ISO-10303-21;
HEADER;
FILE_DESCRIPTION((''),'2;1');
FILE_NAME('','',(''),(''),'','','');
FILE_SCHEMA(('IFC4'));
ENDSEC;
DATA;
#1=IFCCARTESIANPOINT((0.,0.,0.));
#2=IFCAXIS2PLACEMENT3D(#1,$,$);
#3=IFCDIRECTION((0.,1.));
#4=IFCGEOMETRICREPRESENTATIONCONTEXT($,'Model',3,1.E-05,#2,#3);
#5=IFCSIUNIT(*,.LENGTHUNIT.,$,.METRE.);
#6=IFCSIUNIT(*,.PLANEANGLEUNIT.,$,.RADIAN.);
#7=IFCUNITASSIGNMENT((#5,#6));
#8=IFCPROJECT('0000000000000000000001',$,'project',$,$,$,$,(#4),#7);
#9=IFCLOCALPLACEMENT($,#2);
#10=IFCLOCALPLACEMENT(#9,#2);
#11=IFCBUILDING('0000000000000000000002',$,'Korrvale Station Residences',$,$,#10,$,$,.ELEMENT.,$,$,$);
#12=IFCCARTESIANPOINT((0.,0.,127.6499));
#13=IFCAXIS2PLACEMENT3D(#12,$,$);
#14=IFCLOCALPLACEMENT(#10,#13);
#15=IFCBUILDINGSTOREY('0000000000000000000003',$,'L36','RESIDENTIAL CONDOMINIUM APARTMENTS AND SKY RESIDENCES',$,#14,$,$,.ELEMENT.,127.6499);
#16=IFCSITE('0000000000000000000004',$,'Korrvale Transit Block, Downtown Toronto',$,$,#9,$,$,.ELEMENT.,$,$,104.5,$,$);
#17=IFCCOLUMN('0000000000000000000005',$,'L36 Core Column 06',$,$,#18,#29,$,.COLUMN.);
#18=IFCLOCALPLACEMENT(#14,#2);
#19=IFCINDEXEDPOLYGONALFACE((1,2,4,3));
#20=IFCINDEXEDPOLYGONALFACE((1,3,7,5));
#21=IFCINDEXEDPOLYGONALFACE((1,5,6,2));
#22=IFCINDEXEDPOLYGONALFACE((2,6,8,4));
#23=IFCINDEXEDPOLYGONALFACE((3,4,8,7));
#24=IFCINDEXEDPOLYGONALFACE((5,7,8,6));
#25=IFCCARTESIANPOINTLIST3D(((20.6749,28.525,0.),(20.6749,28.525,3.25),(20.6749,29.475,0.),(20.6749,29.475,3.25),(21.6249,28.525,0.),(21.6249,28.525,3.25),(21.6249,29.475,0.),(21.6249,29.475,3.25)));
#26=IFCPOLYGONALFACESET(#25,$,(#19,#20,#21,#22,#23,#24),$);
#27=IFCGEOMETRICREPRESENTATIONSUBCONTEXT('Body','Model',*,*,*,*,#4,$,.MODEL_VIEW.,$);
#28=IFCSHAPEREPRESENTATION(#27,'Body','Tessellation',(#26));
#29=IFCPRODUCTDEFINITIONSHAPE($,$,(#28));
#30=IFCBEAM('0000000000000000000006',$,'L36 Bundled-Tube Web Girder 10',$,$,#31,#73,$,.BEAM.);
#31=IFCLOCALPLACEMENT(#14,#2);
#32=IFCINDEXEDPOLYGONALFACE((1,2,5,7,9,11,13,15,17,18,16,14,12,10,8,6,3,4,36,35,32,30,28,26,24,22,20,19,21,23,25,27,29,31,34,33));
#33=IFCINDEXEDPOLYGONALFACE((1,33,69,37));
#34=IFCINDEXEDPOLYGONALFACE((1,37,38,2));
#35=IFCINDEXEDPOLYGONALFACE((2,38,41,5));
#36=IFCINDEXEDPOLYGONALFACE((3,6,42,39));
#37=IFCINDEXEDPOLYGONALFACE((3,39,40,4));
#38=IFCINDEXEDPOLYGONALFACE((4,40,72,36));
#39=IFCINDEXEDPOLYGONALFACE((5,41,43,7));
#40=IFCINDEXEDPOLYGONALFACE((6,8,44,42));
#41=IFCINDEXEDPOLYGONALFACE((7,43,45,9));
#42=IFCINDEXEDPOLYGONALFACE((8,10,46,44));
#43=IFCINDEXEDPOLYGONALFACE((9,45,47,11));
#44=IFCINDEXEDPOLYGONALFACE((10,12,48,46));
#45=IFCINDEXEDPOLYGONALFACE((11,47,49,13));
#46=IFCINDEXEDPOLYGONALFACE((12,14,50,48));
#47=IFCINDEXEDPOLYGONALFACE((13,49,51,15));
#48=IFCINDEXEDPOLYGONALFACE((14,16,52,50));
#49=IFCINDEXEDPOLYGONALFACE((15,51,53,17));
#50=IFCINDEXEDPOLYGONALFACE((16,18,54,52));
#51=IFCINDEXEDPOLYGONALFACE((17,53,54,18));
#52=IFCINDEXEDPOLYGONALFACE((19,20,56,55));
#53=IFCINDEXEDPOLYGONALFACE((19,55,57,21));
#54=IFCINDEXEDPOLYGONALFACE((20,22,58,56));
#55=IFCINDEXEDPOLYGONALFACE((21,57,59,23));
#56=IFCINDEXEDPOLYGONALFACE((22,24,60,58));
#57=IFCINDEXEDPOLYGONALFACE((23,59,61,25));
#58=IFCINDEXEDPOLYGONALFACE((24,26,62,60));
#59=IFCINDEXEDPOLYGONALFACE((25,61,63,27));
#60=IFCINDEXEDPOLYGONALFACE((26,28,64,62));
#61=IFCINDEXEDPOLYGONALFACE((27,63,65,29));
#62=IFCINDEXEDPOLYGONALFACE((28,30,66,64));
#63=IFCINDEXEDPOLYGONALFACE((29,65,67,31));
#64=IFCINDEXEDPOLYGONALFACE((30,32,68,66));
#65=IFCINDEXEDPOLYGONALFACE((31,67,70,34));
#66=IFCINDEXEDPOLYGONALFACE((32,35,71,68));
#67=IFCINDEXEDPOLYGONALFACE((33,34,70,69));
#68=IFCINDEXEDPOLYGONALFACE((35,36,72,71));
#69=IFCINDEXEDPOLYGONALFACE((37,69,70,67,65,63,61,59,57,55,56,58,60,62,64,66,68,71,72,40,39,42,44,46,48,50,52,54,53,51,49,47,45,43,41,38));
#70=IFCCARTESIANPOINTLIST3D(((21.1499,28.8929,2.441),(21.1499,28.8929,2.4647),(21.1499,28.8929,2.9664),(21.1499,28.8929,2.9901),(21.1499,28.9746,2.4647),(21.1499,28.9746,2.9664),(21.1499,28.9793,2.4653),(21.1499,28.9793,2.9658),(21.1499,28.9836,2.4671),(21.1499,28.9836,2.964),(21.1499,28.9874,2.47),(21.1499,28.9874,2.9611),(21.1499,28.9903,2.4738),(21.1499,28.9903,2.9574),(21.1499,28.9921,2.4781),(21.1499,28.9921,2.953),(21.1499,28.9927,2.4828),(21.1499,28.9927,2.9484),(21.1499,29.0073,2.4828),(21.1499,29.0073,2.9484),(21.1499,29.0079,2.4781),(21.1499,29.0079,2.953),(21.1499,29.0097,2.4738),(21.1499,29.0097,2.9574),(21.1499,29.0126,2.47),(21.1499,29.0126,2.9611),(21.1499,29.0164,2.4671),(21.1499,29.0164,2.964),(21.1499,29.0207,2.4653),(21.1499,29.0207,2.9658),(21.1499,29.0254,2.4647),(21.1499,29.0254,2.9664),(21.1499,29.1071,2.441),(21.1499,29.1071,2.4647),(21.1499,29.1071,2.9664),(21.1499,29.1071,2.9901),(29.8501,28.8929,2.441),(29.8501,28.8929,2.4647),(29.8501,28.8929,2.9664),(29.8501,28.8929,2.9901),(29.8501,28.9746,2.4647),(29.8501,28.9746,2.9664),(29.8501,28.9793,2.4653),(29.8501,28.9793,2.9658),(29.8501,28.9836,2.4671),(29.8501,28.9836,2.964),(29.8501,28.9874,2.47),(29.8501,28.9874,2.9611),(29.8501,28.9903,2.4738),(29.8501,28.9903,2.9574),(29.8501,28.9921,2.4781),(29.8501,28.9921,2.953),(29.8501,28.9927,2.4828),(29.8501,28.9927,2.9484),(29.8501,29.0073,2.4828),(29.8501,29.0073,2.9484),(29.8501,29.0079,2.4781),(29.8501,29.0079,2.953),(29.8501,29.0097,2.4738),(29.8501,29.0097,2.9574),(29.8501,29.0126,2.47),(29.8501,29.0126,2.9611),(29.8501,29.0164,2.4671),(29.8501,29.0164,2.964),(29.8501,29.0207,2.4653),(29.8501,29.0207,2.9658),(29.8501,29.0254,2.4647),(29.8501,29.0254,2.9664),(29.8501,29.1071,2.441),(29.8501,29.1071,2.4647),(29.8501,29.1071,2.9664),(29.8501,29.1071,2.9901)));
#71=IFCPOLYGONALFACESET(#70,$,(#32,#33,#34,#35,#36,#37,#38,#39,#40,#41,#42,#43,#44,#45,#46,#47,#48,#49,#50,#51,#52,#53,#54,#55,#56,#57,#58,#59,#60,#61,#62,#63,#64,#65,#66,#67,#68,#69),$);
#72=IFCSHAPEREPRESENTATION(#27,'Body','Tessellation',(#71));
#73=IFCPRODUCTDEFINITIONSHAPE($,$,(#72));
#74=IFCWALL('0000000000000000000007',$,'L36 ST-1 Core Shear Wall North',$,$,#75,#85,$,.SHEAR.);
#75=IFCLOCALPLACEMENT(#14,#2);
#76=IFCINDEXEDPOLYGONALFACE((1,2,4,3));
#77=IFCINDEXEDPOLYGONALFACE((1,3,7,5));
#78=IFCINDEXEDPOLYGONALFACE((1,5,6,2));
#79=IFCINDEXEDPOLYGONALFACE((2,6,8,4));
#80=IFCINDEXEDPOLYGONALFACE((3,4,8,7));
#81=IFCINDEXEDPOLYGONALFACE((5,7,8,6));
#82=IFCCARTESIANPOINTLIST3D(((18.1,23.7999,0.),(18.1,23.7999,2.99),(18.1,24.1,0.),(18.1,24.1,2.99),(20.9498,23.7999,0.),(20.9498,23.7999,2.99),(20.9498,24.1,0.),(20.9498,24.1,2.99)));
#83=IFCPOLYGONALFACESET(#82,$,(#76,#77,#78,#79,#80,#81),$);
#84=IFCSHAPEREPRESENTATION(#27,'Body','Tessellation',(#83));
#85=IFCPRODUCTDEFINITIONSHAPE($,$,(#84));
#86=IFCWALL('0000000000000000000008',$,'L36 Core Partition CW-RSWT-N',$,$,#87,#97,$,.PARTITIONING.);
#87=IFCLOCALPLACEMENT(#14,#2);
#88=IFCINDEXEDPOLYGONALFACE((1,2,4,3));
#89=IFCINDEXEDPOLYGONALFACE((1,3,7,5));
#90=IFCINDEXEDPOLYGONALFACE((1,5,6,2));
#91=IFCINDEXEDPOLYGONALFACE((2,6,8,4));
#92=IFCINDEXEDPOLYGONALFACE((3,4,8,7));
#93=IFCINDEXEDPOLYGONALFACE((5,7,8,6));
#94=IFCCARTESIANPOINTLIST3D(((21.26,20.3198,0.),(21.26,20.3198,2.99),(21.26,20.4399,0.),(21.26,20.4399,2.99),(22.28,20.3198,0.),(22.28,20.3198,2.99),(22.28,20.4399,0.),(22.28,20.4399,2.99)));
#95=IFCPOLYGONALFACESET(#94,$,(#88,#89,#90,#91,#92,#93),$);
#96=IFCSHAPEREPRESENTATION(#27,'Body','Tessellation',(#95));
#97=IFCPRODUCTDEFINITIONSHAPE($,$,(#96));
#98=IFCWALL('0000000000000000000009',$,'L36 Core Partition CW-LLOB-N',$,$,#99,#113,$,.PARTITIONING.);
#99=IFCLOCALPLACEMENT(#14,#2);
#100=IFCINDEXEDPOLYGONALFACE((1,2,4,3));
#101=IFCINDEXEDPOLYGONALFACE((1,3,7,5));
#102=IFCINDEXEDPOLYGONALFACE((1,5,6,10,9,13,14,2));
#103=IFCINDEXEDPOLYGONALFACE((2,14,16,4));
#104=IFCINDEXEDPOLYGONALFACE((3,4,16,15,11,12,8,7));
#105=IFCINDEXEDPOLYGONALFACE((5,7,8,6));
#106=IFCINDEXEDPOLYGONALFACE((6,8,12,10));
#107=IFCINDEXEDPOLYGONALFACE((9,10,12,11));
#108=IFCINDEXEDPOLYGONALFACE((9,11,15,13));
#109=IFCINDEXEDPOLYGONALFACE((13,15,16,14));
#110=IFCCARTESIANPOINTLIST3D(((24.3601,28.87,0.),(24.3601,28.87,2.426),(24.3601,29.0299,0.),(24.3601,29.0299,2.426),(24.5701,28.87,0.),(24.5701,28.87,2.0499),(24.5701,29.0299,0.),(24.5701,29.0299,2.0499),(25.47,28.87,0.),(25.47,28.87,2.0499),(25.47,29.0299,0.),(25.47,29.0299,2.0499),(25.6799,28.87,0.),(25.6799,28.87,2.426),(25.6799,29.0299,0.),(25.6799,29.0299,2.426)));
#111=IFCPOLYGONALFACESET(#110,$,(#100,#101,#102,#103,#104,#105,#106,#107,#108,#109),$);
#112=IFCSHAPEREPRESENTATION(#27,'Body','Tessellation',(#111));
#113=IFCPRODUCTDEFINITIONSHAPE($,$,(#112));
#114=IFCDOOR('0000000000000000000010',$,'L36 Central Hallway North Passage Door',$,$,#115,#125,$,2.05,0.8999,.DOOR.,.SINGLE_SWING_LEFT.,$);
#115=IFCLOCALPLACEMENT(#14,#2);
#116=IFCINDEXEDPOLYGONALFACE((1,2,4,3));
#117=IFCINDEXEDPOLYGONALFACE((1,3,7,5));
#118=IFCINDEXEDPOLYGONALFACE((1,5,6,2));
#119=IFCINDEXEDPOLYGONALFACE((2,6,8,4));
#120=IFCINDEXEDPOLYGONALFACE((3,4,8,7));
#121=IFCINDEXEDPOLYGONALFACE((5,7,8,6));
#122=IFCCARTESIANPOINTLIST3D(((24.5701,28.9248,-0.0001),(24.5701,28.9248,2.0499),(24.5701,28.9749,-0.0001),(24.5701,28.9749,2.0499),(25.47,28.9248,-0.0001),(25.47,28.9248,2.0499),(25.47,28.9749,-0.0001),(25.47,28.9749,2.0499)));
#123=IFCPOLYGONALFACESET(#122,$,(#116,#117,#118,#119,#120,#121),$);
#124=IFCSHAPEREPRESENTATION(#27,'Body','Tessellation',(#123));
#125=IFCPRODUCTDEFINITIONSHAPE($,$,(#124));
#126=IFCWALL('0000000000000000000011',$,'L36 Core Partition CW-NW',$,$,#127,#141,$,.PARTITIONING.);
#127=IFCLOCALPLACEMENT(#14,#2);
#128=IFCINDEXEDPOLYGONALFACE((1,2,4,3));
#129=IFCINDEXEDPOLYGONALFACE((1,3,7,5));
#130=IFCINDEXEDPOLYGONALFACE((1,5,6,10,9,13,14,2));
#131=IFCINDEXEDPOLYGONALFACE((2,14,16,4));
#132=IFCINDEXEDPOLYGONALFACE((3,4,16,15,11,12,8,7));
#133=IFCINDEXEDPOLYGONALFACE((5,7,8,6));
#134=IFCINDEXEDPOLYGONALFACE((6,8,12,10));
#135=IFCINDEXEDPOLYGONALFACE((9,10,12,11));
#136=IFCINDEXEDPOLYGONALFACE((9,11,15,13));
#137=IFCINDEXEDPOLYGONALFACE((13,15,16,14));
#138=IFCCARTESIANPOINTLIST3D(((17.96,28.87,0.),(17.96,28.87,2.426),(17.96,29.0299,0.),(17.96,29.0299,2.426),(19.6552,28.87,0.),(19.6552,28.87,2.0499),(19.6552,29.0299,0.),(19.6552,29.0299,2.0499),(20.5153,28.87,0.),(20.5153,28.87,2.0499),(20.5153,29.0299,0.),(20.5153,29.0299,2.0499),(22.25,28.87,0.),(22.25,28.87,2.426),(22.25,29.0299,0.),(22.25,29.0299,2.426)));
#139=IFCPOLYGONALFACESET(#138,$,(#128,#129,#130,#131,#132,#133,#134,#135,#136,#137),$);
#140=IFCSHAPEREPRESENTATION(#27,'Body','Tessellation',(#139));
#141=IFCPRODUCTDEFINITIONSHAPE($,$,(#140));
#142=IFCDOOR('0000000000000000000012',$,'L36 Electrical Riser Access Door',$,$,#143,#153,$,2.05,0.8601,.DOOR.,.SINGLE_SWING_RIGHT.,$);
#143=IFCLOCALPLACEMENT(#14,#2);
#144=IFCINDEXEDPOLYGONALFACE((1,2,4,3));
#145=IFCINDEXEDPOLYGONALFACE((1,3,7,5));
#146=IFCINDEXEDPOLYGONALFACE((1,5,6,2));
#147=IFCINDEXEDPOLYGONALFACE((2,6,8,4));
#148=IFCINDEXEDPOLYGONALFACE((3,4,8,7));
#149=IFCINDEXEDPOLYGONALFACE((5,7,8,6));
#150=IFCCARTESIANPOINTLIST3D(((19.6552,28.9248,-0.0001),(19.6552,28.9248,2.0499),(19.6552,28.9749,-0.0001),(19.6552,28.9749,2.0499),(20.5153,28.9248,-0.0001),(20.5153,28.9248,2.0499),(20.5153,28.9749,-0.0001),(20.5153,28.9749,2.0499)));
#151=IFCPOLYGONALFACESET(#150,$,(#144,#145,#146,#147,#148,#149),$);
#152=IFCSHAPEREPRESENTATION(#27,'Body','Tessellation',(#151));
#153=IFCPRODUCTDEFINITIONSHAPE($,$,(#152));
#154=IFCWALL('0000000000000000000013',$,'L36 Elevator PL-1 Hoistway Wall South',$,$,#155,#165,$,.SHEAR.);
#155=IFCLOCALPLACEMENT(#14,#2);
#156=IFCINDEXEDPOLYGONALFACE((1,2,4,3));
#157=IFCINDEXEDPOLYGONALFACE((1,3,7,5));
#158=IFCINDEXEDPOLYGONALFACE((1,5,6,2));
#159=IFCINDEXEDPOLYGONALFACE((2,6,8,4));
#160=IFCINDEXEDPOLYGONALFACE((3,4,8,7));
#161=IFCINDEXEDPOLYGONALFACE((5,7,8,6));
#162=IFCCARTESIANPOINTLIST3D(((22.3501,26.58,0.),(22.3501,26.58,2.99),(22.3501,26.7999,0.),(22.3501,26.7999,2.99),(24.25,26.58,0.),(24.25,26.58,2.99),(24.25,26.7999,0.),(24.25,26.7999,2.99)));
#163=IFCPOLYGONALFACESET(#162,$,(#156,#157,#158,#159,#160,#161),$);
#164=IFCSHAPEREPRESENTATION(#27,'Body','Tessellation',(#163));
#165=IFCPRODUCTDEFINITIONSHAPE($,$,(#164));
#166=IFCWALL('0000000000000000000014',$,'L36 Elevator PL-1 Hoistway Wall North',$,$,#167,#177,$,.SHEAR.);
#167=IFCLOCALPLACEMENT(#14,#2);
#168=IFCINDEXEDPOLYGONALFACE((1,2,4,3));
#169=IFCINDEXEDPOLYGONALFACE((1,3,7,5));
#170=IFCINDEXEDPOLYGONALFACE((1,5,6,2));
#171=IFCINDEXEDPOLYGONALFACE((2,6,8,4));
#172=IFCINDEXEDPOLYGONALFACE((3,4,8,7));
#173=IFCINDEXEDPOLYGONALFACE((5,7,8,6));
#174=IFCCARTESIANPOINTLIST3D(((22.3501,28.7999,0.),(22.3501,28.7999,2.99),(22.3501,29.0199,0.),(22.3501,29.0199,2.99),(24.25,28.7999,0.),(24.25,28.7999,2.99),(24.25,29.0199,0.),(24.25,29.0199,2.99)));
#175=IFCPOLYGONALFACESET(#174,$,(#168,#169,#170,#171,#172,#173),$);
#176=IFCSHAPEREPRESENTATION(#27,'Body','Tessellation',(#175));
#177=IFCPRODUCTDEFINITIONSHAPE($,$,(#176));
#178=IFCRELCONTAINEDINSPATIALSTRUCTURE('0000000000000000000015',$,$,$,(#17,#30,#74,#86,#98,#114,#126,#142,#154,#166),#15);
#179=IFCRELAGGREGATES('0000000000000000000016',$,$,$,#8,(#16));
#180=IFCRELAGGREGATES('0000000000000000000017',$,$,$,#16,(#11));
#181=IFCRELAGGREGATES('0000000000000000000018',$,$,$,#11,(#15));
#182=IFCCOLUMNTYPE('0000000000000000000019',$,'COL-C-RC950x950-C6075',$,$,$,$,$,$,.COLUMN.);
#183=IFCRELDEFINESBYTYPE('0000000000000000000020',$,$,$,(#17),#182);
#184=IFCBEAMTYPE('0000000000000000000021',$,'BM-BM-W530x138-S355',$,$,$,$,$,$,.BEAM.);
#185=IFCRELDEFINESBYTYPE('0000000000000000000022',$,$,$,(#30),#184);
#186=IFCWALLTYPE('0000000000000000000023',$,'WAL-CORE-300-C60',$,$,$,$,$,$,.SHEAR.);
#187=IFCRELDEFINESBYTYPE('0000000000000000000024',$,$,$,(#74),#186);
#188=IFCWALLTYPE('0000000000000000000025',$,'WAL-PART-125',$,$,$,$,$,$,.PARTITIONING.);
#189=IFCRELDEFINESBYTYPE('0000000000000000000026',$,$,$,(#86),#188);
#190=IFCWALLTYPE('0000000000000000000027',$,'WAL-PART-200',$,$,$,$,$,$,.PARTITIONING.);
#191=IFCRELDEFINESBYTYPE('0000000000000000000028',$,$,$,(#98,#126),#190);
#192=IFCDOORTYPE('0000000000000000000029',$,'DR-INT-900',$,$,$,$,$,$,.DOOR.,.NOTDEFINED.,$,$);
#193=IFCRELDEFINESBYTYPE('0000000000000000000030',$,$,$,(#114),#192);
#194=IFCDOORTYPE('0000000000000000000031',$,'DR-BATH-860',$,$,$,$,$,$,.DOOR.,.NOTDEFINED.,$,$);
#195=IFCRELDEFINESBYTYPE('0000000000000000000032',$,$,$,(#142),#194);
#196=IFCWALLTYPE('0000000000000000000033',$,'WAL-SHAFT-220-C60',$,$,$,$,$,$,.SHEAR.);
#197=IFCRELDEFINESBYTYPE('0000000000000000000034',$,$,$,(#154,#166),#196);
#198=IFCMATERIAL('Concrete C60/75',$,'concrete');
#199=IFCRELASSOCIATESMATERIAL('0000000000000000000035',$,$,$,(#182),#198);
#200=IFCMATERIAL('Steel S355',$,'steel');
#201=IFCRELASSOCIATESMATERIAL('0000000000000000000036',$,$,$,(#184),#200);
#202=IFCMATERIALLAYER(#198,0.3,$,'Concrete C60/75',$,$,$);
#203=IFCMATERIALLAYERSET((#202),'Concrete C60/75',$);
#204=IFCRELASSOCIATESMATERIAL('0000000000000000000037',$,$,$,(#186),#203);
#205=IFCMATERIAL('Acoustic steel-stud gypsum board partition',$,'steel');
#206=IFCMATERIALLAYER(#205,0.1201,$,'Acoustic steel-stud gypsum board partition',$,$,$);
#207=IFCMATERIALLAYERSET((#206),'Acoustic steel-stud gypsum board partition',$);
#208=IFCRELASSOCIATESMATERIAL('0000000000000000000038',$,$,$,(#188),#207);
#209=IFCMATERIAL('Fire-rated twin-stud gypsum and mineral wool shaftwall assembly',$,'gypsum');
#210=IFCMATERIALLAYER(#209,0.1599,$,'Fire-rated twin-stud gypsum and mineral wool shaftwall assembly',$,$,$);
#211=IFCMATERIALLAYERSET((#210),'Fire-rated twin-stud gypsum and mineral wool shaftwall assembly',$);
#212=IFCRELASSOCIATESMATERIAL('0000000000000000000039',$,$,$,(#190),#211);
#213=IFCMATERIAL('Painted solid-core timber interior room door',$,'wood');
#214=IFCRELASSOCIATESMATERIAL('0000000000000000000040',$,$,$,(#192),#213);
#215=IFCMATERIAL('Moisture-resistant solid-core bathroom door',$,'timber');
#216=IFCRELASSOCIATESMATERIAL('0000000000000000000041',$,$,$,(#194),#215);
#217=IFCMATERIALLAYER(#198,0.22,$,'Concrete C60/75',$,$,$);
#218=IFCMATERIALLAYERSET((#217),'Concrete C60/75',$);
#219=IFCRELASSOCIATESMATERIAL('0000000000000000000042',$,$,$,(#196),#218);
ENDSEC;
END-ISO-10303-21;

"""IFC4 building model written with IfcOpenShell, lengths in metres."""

from ifc_helpers import new_model, si_unit, direction, frame, frame_2d, origin, origin_2d, place, context, subcontext, project, spatial, rectangle, i_section, extrude, material, layer, layer_set, material_profile, profile_set, type_object, element, fill, save


model = new_model("IFC4")

# Units and contexts
model_context = context("Model", 3, precision=1e-05, world=origin(), true_north=direction((0.0, 1.0)))
body_context = subcontext(model_context, "Body", "Model", "MODEL_VIEW")
ifc_project = project(units=[si_unit("LENGTHUNIT", "METRE"), si_unit("PLANEANGLEUNIT", "RADIAN")], contexts=[model_context])

# Site, building, storey
site_placement = place(None, origin())
site = spatial("IfcSite", under=ifc_project, at=site_placement, Name="Korrvale Transit Block, Downtown Toronto", CompositionType="ELEMENT", RefElevation=104.5)
building_placement = place(site_placement, origin())
building = spatial("IfcBuilding", under=site, at=building_placement, Name="Korrvale Station Residences", CompositionType="ELEMENT")
storey_placement = place(building_placement, frame((0.0, 0.0, 127.6499)))
storey = spatial("IfcBuildingStorey", under=building, at=storey_placement, Name="L36", Description="RESIDENTIAL CONDOMINIUM APARTMENTS AND SKY RESIDENCES", CompositionType="ELEMENT", Elevation=127.6499)

# Column
ifc_material_1 = material(Name="Concrete C60/75", Category="concrete")
ifc_material_profile_1 = material_profile(ifc_material_1, rectangle(XDim=0.95, YDim=0.95, at=origin_2d()), Name="RC950x950")
ifc_profile_set_1 = profile_set([ifc_material_profile_1], Name="Concrete C60/75")
column_type = type_object("IfcColumnType", Name="COL-C-RC950x950-C6075", PredefinedType="COLUMN", material=ifc_profile_set_1)
column_placement = place(storey_placement, frame((21.1499, 29.0, 0.0), z_axis=(0.0, 0.0, 1.0), x_axis=(1.0, 0.0, 0.0)))
element("IfcColumn", 1, at=column_placement, inside=storey, type_object=column_type, Name="L36 Core Column 06", PredefinedType="COLUMN", context=body_context, shape_type="SweptSolid", body=[
    extrude(rectangle(XDim=0.95, YDim=0.95, at=origin_2d()), origin(), (0.0, 0.0, 1.0), 3.25),
])

# Beam
ifc_material_2 = material(Name="Steel S355", Category="steel")
ifc_material_profile_2 = material_profile(ifc_material_2, i_section(OverallWidth=0.2141, OverallDepth=0.5491, WebThickness=0.0146, FlangeThickness=0.0237, FilletRadius=0.0181, at=origin_2d()), Name="W530x138")
ifc_profile_set_2 = profile_set([ifc_material_profile_2], Name="Steel S355")
beam_type = type_object("IfcBeamType", Name="BM-BM-W530x138-S355", PredefinedType="BEAM", material=ifc_profile_set_2)
beam_placement = place(storey_placement, frame((21.1499, 29.0, 2.7156), z_axis=(1.0, 0.0, 0.0), x_axis=(0.0, 1.0, 0.0)))
element("IfcBeam", 2, at=beam_placement, inside=storey, type_object=beam_type, Name="L36 Bundled-Tube Web Girder 10", PredefinedType="BEAM", context=body_context, shape_type="SweptSolid", body=[
    extrude(i_section(OverallWidth=0.2141, OverallDepth=0.5491, WebThickness=0.0146, FlangeThickness=0.0237, FilletRadius=0.0181, at=origin_2d()), origin(), (0.0, 0.0, 1.0), 8.7002),
])

# Walls
ifc_layer_1 = layer(ifc_material_1, 0.3, Name="Concrete C60/75")
ifc_layer_set_1 = layer_set([ifc_layer_1], Name="Concrete C60/75")
wall_type_1 = type_object("IfcWallType", Name="WAL-CORE-300-C60", PredefinedType="SHEAR", material=ifc_layer_set_1)
wall_1_placement = place(storey_placement, frame((18.1001, 23.95, 0.0), z_axis=(0.0, 0.0, 1.0), x_axis=(1.0, 0.0, 0.0)))
element("IfcWall", 3, at=wall_1_placement, inside=storey, type_object=wall_type_1, Name="L36 ST-1 Core Shear Wall North", PredefinedType="SHEAR", context=body_context, shape_type="SweptSolid", body=[
    extrude(rectangle(XDim=2.8499, YDim=0.3, at=frame_2d((1.4248, 0.0))), origin(), (0.0, 0.0, 1.0), 2.99),
])
ifc_material_3 = material(Name="Acoustic steel-stud gypsum board partition", Category="steel")
ifc_layer_2 = layer(ifc_material_3, 0.1201, Name="Acoustic steel-stud gypsum board partition")
ifc_layer_set_2 = layer_set([ifc_layer_2], Name="Acoustic steel-stud gypsum board partition")
wall_type_2 = type_object("IfcWallType", Name="WAL-PART-125", PredefinedType="PARTITIONING", material=ifc_layer_set_2)
wall_2_placement = place(storey_placement, frame((22.28, 20.3799, 0.0), z_axis=(0.0, 0.0, 1.0), x_axis=(-1.0, 0.0, 0.0)))
element("IfcWall", 4, at=wall_2_placement, inside=storey, type_object=wall_type_2, Name="L36 Core Partition CW-RSWT-N", PredefinedType="PARTITIONING", context=body_context, shape_type="SweptSolid", body=[
    extrude(rectangle(XDim=1.02, YDim=0.1201, at=frame_2d((0.51, 0.0))), origin(), (0.0, 0.0, 1.0), 2.99),
])

# Walls, openings, doors
ifc_material_4 = material(Name="Fire-rated twin-stud gypsum and mineral wool shaftwall assembly", Category="gypsum")
ifc_layer_3 = layer(ifc_material_4, 0.1599, Name="Fire-rated twin-stud gypsum and mineral wool shaftwall assembly")
ifc_layer_set_3 = layer_set([ifc_layer_3], Name="Fire-rated twin-stud gypsum and mineral wool shaftwall assembly")
wall_type_3 = type_object("IfcWallType", Name="WAL-PART-200", PredefinedType="PARTITIONING", material=ifc_layer_set_3)
wall_3_placement = place(storey_placement, frame((24.3601, 28.95, 0.0), z_axis=(0.0, 0.0, 1.0), x_axis=(1.0, 0.0, 0.0)))
wall_3 = element("IfcWall", 5, at=wall_3_placement, inside=storey, type_object=wall_type_3, Name="L36 Core Partition CW-LLOB-N", PredefinedType="PARTITIONING", context=body_context, shape_type="SweptSolid", body=[
    extrude(rectangle(XDim=1.3198, YDim=0.1599, at=frame_2d((0.6599, 0.0))), origin(), (0.0, 0.0, 1.0), 2.426),
])
opening_1_placement = place(wall_3_placement, frame((0.21, 0.0, 0.0)))
opening_1 = element("IfcOpeningElement", 6, at=opening_1_placement, cuts=wall_3, PredefinedType="OPENING", context=body_context, shape_type="SweptSolid", body=[
    extrude(rectangle(XDim=0.8999, YDim=2.05, at=frame_2d((0.45, 1.0249))), frame((0.0, 0.0898, 0.0), z_axis=(0.0, -1.0, 0.0), x_axis=(1.0, 0.0, 0.0)), (0.0, 0.0, 1.0), 0.1799),
])
ifc_material_5 = material(Name="Painted solid-core timber interior room door", Category="wood")
door_type_1 = type_object("IfcDoorType", Name="DR-INT-900", OperationType="NOTDEFINED", PredefinedType="DOOR", material=ifc_material_5)
door_1_placement = place(opening_1_placement, origin())
door_1 = element("IfcDoor", 7, at=door_1_placement, inside=storey, type_object=door_type_1, Name="L36 Central Hallway North Passage Door", OperationType="SINGLE_SWING_LEFT", OverallHeight=2.05, OverallWidth=0.8999, PredefinedType="DOOR", context=body_context, shape_type="SweptSolid", body=[
    extrude(rectangle(XDim=0.8999, YDim=2.05, at=frame_2d((0.45, 1.0249))), frame((0.0, 0.0249, 0.0), z_axis=(0.0, -1.0, 0.0), x_axis=(1.0, 0.0, 0.0)), (0.0, 0.0, 1.0), 0.05),
])
fill(opening_1, door_1)
wall_4_placement = place(storey_placement, frame((17.96, 28.95, 0.0), z_axis=(0.0, 0.0, 1.0), x_axis=(1.0, 0.0, 0.0)))
wall_4 = element("IfcWall", 8, at=wall_4_placement, inside=storey, type_object=wall_type_3, Name="L36 Core Partition CW-NW", PredefinedType="PARTITIONING", context=body_context, shape_type="SweptSolid", body=[
    extrude(rectangle(XDim=4.29, YDim=0.1599, at=frame_2d((2.145, 0.0))), origin(), (0.0, 0.0, 1.0), 2.426),
])
opening_2_placement = place(wall_4_placement, frame((1.6951, 0.0, 0.0)))
opening_2 = element("IfcOpeningElement", 9, at=opening_2_placement, cuts=wall_4, PredefinedType="OPENING", context=body_context, shape_type="SweptSolid", body=[
    extrude(rectangle(XDim=0.8601, YDim=2.05, at=frame_2d((0.4302, 1.0249))), frame((0.0, 0.0898, 0.0), z_axis=(0.0, -1.0, 0.0), x_axis=(1.0, 0.0, 0.0)), (0.0, 0.0, 1.0), 0.1799),
])
ifc_material_6 = material(Name="Moisture-resistant solid-core bathroom door", Category="timber")
door_type_2 = type_object("IfcDoorType", Name="DR-BATH-860", OperationType="NOTDEFINED", PredefinedType="DOOR", material=ifc_material_6)
door_2_placement = place(opening_2_placement, origin())
door_2 = element("IfcDoor", 10, at=door_2_placement, inside=storey, type_object=door_type_2, Name="L36 Electrical Riser Access Door", OperationType="SINGLE_SWING_RIGHT", OverallHeight=2.05, OverallWidth=0.8601, PredefinedType="DOOR", context=body_context, shape_type="SweptSolid", body=[
    extrude(rectangle(XDim=0.8601, YDim=2.05, at=frame_2d((0.4302, 1.0249))), frame((0.0, 0.0249, 0.0), z_axis=(0.0, -1.0, 0.0), x_axis=(1.0, 0.0, 0.0)), (0.0, 0.0, 1.0), 0.05),
])
fill(opening_2, door_2)

# Walls
ifc_layer_4 = layer(ifc_material_1, 0.22, Name="Concrete C60/75")
ifc_layer_set_4 = layer_set([ifc_layer_4], Name="Concrete C60/75")
wall_type_4 = type_object("IfcWallType", Name="WAL-SHAFT-220-C60", PredefinedType="SHEAR", material=ifc_layer_set_4)
for number, where, z_axis, x_axis, name in (
    (11, (22.3501, 26.6899, 0.0), (0.0, 0.0, 1.0), (1.0, 0.0, 0.0), "L36 Elevator PL-1 Hoistway Wall South"),
    (12, (22.3501, 28.9099, 0.0), (0.0, 0.0, 1.0), (1.0, 0.0, 0.0), "L36 Elevator PL-1 Hoistway Wall North"),
):
    element("IfcWall", number, at=place(storey_placement, frame(where, z_axis=z_axis, x_axis=x_axis)), inside=storey, type_object=wall_type_4, Name=name, PredefinedType="SHEAR", context=body_context, shape_type="SweptSolid", body=[
        extrude(rectangle(XDim=1.8999, YDim=0.22, at=frame_2d((0.95, 0.0))), origin(), (0.0, 0.0, 1.0), 2.99),
    ])

save(model, "model.ifc")
